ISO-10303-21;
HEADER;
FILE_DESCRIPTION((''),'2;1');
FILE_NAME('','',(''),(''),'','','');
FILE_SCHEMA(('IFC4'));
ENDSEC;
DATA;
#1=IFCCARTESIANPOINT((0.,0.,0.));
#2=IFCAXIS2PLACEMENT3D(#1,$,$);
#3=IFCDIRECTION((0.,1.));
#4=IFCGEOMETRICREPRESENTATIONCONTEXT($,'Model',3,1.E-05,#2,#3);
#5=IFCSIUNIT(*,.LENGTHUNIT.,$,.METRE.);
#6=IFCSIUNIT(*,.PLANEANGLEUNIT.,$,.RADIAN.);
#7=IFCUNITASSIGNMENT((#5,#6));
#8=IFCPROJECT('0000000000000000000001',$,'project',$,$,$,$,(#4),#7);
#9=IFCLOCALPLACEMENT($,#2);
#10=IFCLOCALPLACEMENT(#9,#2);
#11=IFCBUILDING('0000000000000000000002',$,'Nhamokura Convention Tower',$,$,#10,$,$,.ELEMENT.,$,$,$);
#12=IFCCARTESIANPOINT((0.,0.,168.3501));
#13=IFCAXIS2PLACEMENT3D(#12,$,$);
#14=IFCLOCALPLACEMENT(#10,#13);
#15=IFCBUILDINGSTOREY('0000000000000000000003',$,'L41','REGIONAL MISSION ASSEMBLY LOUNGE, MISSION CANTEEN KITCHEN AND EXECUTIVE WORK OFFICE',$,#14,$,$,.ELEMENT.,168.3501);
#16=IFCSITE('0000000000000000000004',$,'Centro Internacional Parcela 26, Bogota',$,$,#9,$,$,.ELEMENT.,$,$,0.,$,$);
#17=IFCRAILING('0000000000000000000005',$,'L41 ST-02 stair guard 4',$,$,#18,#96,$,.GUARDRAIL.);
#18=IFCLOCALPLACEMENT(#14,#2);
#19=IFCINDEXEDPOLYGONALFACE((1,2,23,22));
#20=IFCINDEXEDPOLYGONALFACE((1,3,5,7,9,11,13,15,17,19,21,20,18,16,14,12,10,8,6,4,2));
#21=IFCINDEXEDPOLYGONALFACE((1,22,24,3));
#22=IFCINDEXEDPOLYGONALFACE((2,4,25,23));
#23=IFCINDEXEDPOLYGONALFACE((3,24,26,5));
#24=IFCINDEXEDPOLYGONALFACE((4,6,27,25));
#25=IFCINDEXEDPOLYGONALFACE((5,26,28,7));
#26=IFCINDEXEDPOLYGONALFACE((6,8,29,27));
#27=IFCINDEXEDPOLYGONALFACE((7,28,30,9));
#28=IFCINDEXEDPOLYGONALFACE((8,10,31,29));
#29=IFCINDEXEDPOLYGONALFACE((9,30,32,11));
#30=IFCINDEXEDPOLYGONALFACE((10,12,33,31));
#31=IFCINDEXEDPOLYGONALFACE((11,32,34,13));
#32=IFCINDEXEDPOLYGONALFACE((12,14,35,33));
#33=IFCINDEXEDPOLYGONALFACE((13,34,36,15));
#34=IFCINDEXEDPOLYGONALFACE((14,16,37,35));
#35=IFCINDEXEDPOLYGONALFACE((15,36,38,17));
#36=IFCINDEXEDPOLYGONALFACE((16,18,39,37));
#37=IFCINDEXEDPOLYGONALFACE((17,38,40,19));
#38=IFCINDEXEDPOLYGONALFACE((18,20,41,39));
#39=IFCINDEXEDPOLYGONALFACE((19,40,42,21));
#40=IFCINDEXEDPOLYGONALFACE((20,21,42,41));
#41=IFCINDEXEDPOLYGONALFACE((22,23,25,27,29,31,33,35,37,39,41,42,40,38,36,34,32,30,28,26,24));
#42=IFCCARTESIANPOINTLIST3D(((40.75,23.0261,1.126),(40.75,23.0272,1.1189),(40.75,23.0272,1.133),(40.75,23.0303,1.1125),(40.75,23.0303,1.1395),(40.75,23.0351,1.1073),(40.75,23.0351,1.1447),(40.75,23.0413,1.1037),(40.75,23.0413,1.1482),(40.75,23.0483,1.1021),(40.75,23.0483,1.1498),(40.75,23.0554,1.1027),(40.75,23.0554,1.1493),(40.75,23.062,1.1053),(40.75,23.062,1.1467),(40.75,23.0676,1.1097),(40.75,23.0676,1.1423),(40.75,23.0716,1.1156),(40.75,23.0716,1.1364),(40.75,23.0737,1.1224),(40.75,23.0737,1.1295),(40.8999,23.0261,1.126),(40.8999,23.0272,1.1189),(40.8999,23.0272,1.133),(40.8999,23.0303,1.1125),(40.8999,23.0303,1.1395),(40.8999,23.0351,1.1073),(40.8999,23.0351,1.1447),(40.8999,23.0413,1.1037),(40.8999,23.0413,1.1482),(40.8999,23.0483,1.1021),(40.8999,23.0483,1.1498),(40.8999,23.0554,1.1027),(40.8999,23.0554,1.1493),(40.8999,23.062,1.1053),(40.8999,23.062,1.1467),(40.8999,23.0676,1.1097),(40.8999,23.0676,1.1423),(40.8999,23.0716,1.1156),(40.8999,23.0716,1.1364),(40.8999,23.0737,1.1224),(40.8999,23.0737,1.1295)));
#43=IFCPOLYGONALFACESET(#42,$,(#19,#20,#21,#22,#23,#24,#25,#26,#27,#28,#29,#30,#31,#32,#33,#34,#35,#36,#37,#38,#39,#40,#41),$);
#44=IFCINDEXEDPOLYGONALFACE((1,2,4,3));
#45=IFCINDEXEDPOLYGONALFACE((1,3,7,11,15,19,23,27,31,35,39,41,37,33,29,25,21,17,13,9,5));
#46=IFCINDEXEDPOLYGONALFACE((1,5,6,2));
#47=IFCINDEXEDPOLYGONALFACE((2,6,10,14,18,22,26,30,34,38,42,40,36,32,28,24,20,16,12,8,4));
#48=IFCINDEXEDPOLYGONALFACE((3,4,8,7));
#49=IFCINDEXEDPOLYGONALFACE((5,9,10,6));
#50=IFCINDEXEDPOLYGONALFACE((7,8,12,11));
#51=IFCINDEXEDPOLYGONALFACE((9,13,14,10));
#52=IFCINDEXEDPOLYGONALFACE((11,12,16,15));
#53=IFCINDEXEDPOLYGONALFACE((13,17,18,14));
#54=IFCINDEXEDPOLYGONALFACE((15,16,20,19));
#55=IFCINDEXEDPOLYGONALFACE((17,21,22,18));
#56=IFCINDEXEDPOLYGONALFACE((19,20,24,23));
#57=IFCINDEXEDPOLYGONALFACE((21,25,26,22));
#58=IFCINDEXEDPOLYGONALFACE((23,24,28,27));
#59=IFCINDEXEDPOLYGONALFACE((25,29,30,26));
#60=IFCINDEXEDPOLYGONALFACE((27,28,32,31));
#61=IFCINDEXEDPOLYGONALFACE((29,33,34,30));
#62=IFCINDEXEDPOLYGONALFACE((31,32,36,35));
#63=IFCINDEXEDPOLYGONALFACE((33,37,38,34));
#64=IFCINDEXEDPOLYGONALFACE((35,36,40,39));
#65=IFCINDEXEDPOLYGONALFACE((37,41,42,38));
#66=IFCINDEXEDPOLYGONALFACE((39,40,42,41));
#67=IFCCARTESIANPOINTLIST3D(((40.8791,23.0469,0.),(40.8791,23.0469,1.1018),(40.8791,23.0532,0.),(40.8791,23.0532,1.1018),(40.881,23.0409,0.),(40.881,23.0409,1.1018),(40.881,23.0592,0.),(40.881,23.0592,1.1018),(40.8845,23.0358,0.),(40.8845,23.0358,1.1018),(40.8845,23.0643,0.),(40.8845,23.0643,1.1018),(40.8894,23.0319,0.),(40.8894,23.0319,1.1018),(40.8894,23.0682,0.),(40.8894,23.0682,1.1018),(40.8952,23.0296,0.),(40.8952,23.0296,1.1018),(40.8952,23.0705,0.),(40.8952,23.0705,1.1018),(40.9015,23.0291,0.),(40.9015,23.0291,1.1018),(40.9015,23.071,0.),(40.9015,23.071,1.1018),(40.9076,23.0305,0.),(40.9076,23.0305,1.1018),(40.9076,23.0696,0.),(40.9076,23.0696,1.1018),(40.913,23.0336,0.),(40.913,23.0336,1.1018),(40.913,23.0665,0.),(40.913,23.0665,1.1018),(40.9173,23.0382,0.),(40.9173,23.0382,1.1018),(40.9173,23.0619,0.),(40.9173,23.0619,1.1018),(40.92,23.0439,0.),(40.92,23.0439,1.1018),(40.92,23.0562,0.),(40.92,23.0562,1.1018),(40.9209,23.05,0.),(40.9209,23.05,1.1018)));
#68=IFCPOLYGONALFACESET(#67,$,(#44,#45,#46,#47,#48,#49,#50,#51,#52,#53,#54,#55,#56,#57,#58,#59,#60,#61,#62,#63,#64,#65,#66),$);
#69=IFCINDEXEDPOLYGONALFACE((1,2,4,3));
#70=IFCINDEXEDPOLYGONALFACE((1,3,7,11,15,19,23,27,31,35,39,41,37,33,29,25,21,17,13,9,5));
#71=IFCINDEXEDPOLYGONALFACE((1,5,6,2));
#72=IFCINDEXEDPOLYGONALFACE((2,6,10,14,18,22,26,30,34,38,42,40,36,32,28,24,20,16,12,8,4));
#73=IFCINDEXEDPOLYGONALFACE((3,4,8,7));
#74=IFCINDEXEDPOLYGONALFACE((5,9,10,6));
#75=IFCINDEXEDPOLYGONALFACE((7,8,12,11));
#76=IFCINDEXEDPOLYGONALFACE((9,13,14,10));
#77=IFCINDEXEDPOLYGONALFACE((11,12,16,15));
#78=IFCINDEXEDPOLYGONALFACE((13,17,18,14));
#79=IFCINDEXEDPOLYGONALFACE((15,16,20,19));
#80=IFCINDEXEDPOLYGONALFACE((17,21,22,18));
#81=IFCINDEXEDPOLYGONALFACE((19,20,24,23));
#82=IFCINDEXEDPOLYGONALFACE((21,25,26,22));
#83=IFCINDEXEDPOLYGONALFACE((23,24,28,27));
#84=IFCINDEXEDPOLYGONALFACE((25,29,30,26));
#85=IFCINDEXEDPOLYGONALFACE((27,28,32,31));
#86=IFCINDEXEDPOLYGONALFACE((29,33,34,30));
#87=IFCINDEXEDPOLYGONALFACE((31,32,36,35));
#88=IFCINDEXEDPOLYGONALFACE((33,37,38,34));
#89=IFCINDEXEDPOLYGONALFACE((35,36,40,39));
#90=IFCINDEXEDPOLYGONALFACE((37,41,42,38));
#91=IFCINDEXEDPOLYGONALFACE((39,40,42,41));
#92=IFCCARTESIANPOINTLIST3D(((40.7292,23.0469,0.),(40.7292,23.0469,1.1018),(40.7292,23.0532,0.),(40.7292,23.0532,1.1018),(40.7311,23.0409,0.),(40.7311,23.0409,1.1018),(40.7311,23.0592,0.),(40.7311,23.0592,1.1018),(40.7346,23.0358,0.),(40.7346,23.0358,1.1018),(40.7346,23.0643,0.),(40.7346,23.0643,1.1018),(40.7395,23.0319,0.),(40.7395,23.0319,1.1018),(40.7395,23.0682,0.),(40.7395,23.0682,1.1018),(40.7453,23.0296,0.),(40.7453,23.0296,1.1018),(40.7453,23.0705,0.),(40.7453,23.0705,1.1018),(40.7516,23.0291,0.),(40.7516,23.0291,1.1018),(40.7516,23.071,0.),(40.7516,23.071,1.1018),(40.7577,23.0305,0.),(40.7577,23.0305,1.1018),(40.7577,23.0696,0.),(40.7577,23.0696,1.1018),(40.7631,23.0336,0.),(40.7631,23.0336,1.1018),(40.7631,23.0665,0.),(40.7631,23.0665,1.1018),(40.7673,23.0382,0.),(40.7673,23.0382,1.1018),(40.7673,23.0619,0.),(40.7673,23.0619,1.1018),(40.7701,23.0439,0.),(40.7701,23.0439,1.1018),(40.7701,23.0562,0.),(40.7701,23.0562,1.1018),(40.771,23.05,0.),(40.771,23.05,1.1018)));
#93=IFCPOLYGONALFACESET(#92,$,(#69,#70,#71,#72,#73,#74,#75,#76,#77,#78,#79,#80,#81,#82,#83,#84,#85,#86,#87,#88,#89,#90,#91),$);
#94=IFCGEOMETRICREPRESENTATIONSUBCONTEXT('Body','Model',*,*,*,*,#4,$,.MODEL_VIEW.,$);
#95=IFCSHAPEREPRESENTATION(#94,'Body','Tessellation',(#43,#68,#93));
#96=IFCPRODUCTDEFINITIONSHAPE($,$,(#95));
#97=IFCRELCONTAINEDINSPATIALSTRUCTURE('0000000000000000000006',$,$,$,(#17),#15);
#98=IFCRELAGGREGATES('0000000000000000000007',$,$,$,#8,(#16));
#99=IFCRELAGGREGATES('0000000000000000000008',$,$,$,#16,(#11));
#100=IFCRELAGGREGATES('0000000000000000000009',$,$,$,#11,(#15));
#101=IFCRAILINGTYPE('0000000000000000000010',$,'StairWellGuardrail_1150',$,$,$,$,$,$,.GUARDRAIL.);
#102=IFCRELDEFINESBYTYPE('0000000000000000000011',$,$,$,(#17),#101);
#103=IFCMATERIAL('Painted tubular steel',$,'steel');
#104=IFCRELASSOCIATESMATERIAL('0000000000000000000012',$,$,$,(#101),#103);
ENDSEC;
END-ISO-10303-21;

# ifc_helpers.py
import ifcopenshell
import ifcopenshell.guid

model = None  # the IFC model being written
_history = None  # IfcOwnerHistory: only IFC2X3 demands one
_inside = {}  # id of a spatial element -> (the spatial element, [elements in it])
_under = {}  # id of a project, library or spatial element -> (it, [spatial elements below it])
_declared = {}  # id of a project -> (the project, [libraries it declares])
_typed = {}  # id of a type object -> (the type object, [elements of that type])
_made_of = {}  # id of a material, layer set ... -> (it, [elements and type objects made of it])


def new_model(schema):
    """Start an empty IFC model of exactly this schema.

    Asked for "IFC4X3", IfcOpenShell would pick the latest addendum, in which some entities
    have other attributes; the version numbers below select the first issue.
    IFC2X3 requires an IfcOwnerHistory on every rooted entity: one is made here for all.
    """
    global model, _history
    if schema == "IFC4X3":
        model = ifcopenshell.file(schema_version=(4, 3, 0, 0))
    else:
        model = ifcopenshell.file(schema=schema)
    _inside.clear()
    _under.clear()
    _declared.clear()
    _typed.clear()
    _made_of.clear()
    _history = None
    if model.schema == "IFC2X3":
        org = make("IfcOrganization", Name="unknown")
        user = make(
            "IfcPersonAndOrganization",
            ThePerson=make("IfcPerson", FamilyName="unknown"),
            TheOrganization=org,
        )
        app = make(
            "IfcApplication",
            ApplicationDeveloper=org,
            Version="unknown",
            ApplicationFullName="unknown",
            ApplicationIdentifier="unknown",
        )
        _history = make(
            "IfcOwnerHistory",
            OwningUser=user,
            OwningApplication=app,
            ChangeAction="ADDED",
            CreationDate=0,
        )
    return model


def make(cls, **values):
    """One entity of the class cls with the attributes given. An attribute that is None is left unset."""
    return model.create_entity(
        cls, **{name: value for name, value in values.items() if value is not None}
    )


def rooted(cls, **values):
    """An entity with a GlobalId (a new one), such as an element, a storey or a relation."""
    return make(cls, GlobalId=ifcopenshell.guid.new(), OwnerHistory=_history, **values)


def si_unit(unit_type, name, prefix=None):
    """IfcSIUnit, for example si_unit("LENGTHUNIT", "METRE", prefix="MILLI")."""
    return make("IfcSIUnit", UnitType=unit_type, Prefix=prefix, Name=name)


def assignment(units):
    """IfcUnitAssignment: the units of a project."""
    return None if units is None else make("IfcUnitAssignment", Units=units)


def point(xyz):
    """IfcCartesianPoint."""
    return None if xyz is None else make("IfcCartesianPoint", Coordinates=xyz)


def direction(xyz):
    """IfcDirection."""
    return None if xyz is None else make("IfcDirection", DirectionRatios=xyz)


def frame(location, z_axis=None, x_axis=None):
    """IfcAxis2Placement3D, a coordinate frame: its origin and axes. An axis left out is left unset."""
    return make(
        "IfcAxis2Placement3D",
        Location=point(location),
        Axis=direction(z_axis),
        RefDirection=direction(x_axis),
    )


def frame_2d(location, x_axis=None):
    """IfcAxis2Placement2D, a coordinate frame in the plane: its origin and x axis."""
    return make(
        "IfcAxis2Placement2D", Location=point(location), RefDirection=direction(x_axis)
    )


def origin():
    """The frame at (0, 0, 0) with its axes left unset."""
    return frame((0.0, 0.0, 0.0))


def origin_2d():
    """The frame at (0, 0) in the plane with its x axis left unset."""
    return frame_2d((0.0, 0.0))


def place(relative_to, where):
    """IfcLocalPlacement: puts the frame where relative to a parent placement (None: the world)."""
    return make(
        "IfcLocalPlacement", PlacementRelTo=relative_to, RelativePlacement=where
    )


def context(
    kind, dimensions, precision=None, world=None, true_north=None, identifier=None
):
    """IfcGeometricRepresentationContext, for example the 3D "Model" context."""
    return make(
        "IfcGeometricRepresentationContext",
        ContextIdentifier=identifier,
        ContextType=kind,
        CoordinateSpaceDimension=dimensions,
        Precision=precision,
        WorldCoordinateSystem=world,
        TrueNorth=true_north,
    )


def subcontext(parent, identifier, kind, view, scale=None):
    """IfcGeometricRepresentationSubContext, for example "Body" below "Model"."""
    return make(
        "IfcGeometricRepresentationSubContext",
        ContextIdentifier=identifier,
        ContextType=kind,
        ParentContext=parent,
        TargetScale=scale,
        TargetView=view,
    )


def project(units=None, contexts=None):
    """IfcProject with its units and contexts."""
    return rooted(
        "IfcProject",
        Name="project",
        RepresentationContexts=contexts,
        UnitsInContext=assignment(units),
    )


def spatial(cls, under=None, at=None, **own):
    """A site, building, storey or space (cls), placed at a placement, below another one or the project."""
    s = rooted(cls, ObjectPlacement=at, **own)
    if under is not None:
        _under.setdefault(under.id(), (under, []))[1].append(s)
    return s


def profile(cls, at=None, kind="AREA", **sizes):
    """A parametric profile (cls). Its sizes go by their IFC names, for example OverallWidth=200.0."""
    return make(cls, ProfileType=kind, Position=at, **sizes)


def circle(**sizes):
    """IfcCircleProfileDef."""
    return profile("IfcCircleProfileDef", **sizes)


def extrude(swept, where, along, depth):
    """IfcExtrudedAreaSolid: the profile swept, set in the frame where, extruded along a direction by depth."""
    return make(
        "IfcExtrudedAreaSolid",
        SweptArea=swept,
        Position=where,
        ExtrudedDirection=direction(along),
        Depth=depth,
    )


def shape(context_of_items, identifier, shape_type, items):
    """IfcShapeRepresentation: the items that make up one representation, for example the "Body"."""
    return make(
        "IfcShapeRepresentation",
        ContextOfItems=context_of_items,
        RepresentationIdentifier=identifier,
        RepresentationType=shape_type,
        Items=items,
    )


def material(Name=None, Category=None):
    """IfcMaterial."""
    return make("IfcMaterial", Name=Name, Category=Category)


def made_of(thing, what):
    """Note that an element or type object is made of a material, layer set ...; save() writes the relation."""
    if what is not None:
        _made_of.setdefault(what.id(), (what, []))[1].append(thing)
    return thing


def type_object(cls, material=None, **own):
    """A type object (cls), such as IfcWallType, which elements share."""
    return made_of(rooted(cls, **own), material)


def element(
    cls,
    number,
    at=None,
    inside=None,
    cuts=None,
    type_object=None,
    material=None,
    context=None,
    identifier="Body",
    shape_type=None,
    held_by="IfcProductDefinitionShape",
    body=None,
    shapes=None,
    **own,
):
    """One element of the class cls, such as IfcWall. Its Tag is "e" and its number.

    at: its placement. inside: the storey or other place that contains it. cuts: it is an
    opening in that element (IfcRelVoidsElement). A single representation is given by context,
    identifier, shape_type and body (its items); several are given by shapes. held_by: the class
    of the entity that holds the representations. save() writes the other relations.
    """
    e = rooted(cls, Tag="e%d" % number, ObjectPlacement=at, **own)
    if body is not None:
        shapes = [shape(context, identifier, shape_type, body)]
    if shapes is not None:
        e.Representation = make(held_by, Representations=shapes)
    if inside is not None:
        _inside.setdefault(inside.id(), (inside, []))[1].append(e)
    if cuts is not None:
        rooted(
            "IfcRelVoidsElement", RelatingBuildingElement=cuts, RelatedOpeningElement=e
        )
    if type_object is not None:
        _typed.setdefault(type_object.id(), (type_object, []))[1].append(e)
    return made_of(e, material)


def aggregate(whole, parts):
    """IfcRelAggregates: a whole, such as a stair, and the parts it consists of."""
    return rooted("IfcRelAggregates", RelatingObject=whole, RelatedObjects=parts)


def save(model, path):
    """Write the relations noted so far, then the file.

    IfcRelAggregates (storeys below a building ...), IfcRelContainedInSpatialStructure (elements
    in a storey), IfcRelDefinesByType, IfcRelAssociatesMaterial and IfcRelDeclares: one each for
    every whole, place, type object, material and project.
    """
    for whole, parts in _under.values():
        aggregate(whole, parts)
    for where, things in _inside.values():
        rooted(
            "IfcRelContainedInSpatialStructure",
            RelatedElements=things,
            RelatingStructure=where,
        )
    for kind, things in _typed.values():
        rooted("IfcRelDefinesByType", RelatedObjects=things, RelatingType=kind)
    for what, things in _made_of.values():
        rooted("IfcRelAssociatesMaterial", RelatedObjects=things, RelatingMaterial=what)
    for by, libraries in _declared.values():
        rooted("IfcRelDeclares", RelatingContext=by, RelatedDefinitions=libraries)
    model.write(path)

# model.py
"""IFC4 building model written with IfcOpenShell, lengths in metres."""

from ifc_helpers import new_model, si_unit, direction, frame, origin, origin_2d, place, context, subcontext, project, spatial, circle, extrude, material, type_object, element, save


model = new_model("IFC4")

# Units and contexts
model_context = context("Model", 3, precision=1e-05, world=origin(), true_north=direction((0.0, 1.0)))
body_context = subcontext(model_context, "Body", "Model", "MODEL_VIEW")
ifc_project = project(units=[si_unit("LENGTHUNIT", "METRE"), si_unit("PLANEANGLEUNIT", "RADIAN")], contexts=[model_context])

# Site, building, storey
site_placement = place(None, origin())
site = spatial("IfcSite", under=ifc_project, at=site_placement, Name="Centro Internacional Parcela 26, Bogota", CompositionType="ELEMENT", RefElevation=0.0)
building_placement = place(site_placement, origin())
building = spatial("IfcBuilding", under=site, at=building_placement, Name="Nhamokura Convention Tower", CompositionType="ELEMENT")
storey_placement = place(building_placement, frame((0.0, 0.0, 168.3501)))
storey = spatial("IfcBuildingStorey", under=building, at=storey_placement, Name="L41", Description="REGIONAL MISSION ASSEMBLY LOUNGE, MISSION CANTEEN KITCHEN AND EXECUTIVE WORK OFFICE", CompositionType="ELEMENT", Elevation=168.3501)

# Railing
ifc_material_1 = material(Name="Painted tubular steel", Category="steel")
railing_type_1 = type_object("IfcRailingType", Name="StairWellGuardrail_1150", PredefinedType="GUARDRAIL", material=ifc_material_1)
railing_1_placement = place(storey_placement, frame((40.8999, 23.05, 0.0)))
element("IfcRailing", 1, at=railing_1_placement, inside=storey, type_object=railing_type_1, Name="L41 ST-02 stair guard 4", PredefinedType="GUARDRAIL", context=body_context, shape_type="SweptSolid", body=[
    extrude(circle(Radius=0.0239, at=origin_2d()), frame((0.0, 0.0, 1.126), z_axis=(-1.0, 0.0, 0.0), x_axis=(0.0, -1.0, 0.0)), (0.0, 0.0, 1.0), 0.1499),
    extrude(circle(Radius=0.021, at=origin_2d()), origin(), (0.0, 0.0, 1.0), 1.1018),
    extrude(circle(Radius=0.021, at=origin_2d()), frame((-0.1499, 0.0, 0.0)), (0.0, 0.0, 1.0), 1.1018),
])

save(model, "model.ifc")
